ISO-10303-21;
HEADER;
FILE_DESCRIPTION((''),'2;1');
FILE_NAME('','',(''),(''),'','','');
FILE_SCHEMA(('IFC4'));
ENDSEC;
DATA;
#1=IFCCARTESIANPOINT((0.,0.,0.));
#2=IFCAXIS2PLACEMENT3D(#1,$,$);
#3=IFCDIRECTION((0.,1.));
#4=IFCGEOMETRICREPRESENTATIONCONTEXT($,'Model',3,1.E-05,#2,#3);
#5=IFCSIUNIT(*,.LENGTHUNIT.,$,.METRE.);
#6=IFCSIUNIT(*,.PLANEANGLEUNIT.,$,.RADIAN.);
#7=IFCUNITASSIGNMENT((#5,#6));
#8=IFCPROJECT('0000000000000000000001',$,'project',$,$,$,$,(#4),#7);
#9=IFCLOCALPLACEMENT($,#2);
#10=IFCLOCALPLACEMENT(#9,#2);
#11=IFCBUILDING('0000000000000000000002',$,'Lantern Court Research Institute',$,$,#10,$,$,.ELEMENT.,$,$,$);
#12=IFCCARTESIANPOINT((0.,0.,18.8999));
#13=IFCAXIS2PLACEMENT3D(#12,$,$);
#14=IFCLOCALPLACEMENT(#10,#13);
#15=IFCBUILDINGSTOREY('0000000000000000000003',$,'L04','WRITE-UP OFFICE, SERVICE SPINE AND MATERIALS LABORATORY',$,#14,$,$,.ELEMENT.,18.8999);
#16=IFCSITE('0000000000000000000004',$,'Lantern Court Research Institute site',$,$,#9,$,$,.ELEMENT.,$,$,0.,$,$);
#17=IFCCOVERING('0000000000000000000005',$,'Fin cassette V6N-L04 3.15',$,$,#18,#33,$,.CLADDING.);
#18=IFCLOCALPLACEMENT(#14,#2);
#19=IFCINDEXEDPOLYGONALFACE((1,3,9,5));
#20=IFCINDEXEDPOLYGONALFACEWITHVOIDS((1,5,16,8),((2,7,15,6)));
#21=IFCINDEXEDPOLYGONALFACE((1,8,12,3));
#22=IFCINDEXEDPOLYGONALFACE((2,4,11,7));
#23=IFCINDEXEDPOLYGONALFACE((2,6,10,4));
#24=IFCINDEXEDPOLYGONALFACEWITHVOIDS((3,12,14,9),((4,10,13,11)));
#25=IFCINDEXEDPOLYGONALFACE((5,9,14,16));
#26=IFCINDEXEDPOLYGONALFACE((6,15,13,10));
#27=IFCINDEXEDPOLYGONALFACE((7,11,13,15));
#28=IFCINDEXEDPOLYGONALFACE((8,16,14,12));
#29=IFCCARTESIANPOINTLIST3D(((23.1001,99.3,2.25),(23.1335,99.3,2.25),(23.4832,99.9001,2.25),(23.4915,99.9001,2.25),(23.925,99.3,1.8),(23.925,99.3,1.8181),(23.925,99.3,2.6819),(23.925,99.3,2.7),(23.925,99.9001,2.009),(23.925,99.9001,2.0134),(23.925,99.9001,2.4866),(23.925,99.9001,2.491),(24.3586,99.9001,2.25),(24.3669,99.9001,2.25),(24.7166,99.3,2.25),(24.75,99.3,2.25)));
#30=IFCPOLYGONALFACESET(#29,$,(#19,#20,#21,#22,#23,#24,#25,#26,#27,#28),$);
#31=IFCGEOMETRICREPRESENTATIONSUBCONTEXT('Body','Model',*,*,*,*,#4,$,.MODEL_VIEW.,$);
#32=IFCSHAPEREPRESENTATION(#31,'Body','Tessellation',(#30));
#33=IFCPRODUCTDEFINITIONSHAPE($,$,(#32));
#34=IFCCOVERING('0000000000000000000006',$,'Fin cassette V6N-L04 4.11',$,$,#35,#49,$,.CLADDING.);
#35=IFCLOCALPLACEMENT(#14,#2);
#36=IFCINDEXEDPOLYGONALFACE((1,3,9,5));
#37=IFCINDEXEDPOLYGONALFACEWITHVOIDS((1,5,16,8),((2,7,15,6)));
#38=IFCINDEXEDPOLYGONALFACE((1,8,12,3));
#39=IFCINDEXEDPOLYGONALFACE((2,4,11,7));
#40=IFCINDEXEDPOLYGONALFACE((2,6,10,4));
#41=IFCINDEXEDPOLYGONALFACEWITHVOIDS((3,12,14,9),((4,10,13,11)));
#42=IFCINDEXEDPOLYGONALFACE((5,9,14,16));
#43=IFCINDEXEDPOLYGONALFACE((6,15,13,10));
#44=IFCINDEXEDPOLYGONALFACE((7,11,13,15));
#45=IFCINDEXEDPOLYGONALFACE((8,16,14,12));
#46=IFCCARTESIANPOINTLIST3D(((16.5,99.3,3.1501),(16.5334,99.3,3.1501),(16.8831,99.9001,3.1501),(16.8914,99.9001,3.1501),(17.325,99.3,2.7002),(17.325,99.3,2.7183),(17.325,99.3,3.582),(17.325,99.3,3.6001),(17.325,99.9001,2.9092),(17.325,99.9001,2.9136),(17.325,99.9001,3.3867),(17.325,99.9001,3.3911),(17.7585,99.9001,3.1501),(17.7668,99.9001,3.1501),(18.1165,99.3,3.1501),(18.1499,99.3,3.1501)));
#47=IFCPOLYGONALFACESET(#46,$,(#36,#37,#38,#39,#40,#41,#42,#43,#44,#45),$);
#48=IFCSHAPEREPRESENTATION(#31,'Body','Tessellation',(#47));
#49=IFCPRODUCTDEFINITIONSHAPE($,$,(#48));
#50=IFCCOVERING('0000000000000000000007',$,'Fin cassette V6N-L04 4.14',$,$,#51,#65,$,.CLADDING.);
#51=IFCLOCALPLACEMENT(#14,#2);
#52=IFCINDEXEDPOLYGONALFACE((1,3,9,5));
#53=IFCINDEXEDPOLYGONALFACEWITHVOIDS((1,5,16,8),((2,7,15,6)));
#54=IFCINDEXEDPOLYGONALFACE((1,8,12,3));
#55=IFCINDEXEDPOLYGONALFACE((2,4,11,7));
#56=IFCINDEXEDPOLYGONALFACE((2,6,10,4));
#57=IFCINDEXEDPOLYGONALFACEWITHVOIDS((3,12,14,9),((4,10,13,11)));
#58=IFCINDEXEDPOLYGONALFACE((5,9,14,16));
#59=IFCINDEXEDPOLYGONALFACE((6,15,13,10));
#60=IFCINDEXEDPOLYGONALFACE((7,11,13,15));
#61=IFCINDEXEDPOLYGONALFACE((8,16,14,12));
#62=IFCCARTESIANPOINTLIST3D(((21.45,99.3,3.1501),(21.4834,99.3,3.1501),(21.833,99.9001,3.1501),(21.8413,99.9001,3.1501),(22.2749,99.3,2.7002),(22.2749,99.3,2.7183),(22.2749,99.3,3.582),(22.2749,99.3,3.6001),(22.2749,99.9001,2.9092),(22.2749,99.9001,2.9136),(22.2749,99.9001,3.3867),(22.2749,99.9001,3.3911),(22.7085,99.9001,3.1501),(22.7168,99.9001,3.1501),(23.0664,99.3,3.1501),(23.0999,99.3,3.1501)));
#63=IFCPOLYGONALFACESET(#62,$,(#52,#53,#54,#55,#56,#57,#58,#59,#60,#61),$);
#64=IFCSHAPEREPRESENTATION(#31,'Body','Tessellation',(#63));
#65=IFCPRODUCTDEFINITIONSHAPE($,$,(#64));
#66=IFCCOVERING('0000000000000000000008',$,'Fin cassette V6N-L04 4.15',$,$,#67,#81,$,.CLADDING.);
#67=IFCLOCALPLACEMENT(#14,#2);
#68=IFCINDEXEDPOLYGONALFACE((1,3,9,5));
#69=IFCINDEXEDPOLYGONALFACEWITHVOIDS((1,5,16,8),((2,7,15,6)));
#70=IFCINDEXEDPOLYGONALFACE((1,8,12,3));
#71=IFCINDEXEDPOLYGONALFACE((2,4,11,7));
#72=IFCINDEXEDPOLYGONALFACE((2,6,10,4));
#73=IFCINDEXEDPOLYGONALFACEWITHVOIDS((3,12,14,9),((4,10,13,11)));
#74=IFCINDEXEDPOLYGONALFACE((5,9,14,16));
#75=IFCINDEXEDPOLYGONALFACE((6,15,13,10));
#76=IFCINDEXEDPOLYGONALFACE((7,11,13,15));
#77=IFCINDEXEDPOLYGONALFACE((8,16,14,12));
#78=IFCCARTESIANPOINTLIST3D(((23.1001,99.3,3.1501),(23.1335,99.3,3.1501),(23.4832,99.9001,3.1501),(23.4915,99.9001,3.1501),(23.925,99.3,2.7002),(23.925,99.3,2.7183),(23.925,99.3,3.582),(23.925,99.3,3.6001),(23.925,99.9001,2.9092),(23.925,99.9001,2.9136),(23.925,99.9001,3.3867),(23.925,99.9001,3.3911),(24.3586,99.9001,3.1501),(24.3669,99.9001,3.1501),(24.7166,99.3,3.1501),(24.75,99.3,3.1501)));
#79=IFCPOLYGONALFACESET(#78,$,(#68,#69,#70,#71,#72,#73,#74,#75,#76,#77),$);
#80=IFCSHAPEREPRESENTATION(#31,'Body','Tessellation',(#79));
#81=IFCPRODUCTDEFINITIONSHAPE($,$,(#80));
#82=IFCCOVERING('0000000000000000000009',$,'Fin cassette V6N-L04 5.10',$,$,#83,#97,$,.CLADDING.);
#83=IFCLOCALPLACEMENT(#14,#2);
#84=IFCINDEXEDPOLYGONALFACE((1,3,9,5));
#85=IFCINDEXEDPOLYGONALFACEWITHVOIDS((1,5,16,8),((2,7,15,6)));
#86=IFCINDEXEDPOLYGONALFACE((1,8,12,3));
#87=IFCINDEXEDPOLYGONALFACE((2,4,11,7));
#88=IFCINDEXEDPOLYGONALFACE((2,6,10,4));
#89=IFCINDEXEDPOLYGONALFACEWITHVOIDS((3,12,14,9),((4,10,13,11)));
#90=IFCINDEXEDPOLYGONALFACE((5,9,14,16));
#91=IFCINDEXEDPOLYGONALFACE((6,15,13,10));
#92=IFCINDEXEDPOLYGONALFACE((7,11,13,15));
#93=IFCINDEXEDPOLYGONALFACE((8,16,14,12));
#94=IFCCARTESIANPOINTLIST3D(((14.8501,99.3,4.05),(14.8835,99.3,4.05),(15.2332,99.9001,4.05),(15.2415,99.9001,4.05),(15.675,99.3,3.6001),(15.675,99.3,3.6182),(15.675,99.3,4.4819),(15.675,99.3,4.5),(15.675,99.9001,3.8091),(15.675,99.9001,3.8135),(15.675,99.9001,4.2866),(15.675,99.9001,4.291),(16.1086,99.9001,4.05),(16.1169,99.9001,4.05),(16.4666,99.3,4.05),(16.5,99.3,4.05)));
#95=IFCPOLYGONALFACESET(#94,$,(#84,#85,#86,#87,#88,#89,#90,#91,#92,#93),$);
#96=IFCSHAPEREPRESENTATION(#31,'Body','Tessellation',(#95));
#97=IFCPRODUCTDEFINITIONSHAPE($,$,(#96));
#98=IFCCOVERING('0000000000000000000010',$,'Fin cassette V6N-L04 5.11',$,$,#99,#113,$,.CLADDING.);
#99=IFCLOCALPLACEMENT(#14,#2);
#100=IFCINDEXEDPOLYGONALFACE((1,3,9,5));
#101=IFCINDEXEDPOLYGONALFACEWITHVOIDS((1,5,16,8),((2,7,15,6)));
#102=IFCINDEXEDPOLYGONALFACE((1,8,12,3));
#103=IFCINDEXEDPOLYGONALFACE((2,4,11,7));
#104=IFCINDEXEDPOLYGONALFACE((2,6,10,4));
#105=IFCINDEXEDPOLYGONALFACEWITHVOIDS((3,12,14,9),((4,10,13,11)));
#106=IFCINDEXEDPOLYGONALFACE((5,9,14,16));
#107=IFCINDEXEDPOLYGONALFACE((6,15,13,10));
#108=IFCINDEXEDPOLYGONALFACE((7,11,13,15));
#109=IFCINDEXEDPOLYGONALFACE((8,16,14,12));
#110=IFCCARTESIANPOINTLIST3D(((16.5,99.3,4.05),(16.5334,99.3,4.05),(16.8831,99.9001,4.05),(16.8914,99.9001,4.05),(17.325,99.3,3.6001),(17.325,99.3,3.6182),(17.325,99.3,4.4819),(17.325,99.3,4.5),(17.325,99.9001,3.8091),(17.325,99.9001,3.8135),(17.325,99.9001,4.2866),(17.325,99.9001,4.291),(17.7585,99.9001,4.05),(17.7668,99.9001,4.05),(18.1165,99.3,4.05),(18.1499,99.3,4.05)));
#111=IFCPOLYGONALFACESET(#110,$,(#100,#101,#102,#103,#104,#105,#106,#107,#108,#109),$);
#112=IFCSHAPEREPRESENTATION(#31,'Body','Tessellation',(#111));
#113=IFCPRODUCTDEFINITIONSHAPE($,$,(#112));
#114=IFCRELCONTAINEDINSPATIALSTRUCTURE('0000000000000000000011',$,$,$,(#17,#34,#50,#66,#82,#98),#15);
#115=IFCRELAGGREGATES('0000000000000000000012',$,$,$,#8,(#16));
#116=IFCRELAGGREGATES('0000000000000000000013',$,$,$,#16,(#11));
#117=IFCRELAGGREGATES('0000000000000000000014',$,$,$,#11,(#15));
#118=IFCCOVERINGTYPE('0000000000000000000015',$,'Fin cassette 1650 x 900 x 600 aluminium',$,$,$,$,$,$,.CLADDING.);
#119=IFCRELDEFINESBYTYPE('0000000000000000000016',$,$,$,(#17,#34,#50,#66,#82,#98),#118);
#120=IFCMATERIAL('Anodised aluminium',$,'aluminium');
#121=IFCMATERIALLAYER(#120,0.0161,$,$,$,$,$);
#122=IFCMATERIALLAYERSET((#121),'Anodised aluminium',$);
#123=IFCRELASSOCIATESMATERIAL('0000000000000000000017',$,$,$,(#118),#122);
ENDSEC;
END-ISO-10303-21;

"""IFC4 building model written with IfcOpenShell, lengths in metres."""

from ifc_helpers import new_model, entity, si_unit, direction, frame, origin, place, context, subcontext, project, spatial, material, layer, layer_set, type_object, element, save


model = new_model("IFC4")

# Units and contexts
model_context = context("Model", 3, precision=1e-05, world=origin(), true_north=direction((0.0, 1.0)))
body_context = subcontext(model_context, "Body", "Model", "MODEL_VIEW")
ifc_project = project(units=[si_unit("LENGTHUNIT", "METRE"), si_unit("PLANEANGLEUNIT", "RADIAN")], contexts=[model_context])

# Site, building, storey
site_placement = place(None, origin())
site = spatial("IfcSite", under=ifc_project, at=site_placement, Name="Lantern Court Research Institute site", CompositionType="ELEMENT", RefElevation=0.0)
building_placement = place(site_placement, origin())
building = spatial("IfcBuilding", under=site, at=building_placement, Name="Lantern Court Research Institute", CompositionType="ELEMENT")
storey_placement = place(building_placement, frame((0.0, 0.0, 18.8999)))
storey = spatial("IfcBuildingStorey", under=building, at=storey_placement, Name="L04", Description="WRITE-UP OFFICE, SERVICE SPINE AND MATERIALS LABORATORY", CompositionType="ELEMENT", Elevation=18.8999)

# Coverings
ifc_material_1 = material(Name="Anodised aluminium", Category="aluminium")
ifc_layer_1 = layer(ifc_material_1, 0.0161)
ifc_layer_set_1 = layer_set([ifc_layer_1], Name="Anodised aluminium")
covering_type_1 = type_object("IfcCoveringType", Name="Fin cassette 1650 x 900 x 600 aluminium", PredefinedType="CLADDING", material=ifc_layer_set_1)
covering_1_placement = place(storey_placement, frame((23.925, 99.3, 2.25), z_axis=(0.0, 1.0, 0.0), x_axis=(-1.0, 0.0, 0.0)))
cartesian_point_1 = entity("IfcCartesianPoint", [0.825, 0.0])
cartesian_point_2 = entity("IfcCartesianPoint", [0.7915, 0.0])
cartesian_point_3 = entity("IfcCartesianPoint", [0.4419, 0.0])
cartesian_point_4 = entity("IfcCartesianPoint", [0.4336, 0.0])
element("IfcCovering", 1, at=covering_1_placement, inside=storey, type_object=covering_type_1, Name="Fin cassette V6N-L04 3.15", PredefinedType="CLADDING", context=body_context, shape_type="SweptSolid", body=[
    entity("IfcExtrudedAreaSolidTapered", entity("IfcArbitraryProfileDefWithVoids", "AREA", None, entity("IfcPolyline", [cartesian_point_1, entity("IfcCartesianPoint", [0.0, 0.45]), entity("IfcCartesianPoint", [-0.825, 0.0]), entity("IfcCartesianPoint", [0.0, -0.45]), cartesian_point_1]), [entity("IfcPolyline", [cartesian_point_2, entity("IfcCartesianPoint", [0.0, 0.4319]), entity("IfcCartesianPoint", [-0.7915, 0.0]), entity("IfcCartesianPoint", [0.0, -0.4319]), cartesian_point_2])]), entity("IfcAxis2Placement3D", entity("IfcCartesianPoint", [0.0, 0.0, 0.0])), entity("IfcDirection", [0.0, 0.0, 1.0]), 0.6001, entity("IfcArbitraryProfileDefWithVoids", "AREA", None, entity("IfcPolyline", [cartesian_point_3, entity("IfcCartesianPoint", [0.0, 0.241]), entity("IfcCartesianPoint", [-0.4419, 0.0]), entity("IfcCartesianPoint", [0.0, -0.241]), cartesian_point_3]), [entity("IfcPolyline", [cartesian_point_4, entity("IfcCartesianPoint", [0.0, 0.2366]), entity("IfcCartesianPoint", [-0.4336, 0.0]), entity("IfcCartesianPoint", [0.0, -0.2366]), cartesian_point_4])])),
])
covering_2_placement = place(storey_placement, frame((17.325, 99.3, 3.1501), z_axis=(0.0, 1.0, 0.0), x_axis=(-1.0, 0.0, 0.0)))
cartesian_point_5 = entity("IfcCartesianPoint", [0.825, 0.0])
cartesian_point_6 = entity("IfcCartesianPoint", [0.7915, 0.0])
cartesian_point_7 = entity("IfcCartesianPoint", [0.4419, 0.0])
cartesian_point_8 = entity("IfcCartesianPoint", [0.4336, 0.0])
element("IfcCovering", 2, at=covering_2_placement, inside=storey, type_object=covering_type_1, Name="Fin cassette V6N-L04 4.11", PredefinedType="CLADDING", context=body_context, shape_type="SweptSolid", body=[
    entity("IfcExtrudedAreaSolidTapered", entity("IfcArbitraryProfileDefWithVoids", "AREA", None, entity("IfcPolyline", [cartesian_point_5, entity("IfcCartesianPoint", [0.0, 0.45]), entity("IfcCartesianPoint", [-0.825, 0.0]), entity("IfcCartesianPoint", [0.0, -0.45]), cartesian_point_5]), [entity("IfcPolyline", [cartesian_point_6, entity("IfcCartesianPoint", [0.0, 0.4319]), entity("IfcCartesianPoint", [-0.7915, 0.0]), entity("IfcCartesianPoint", [0.0, -0.4319]), cartesian_point_6])]), entity("IfcAxis2Placement3D", entity("IfcCartesianPoint", [0.0, 0.0, 0.0])), entity("IfcDirection", [0.0, 0.0, 1.0]), 0.6001, entity("IfcArbitraryProfileDefWithVoids", "AREA", None, entity("IfcPolyline", [cartesian_point_7, entity("IfcCartesianPoint", [0.0, 0.241]), entity("IfcCartesianPoint", [-0.4419, 0.0]), entity("IfcCartesianPoint", [0.0, -0.241]), cartesian_point_7]), [entity("IfcPolyline", [cartesian_point_8, entity("IfcCartesianPoint", [0.0, 0.2366]), entity("IfcCartesianPoint", [-0.4336, 0.0]), entity("IfcCartesianPoint", [0.0, -0.2366]), cartesian_point_8])])),
])
covering_3_placement = place(storey_placement, frame((22.2749, 99.3, 3.1501), z_axis=(0.0, 1.0, 0.0), x_axis=(-1.0, 0.0, 0.0)))
cartesian_point_9 = entity("IfcCartesianPoint", [0.825, 0.0])
cartesian_point_10 = entity("IfcCartesianPoint", [0.7915, 0.0])
cartesian_point_11 = entity("IfcCartesianPoint", [0.4419, 0.0])
cartesian_point_12 = entity("IfcCartesianPoint", [0.4336, 0.0])
element("IfcCovering", 3, at=covering_3_placement, inside=storey, type_object=covering_type_1, Name="Fin cassette V6N-L04 4.14", PredefinedType="CLADDING", context=body_context, shape_type="SweptSolid", body=[
    entity("IfcExtrudedAreaSolidTapered", entity("IfcArbitraryProfileDefWithVoids", "AREA", None, entity("IfcPolyline", [cartesian_point_9, entity("IfcCartesianPoint", [0.0, 0.45]), entity("IfcCartesianPoint", [-0.825, 0.0]), entity("IfcCartesianPoint", [0.0, -0.45]), cartesian_point_9]), [entity("IfcPolyline", [cartesian_point_10, entity("IfcCartesianPoint", [0.0, 0.4319]), entity("IfcCartesianPoint", [-0.7915, 0.0]), entity("IfcCartesianPoint", [0.0, -0.4319]), cartesian_point_10])]), entity("IfcAxis2Placement3D", entity("IfcCartesianPoint", [0.0, 0.0, 0.0])), entity("IfcDirection", [0.0, 0.0, 1.0]), 0.6001, entity("IfcArbitraryProfileDefWithVoids", "AREA", None, entity("IfcPolyline", [cartesian_point_11, entity("IfcCartesianPoint", [0.0, 0.241]), entity("IfcCartesianPoint", [-0.4419, 0.0]), entity("IfcCartesianPoint", [0.0, -0.241]), cartesian_point_11]), [entity("IfcPolyline", [cartesian_point_12, entity("IfcCartesianPoint", [0.0, 0.2366]), entity("IfcCartesianPoint", [-0.4336, 0.0]), entity("IfcCartesianPoint", [0.0, -0.2366]), cartesian_point_12])])),
])
covering_4_placement = place(storey_placement, frame((23.925, 99.3, 3.1501), z_axis=(0.0, 1.0, 0.0), x_axis=(-1.0, 0.0, 0.0)))
cartesian_point_13 = entity("IfcCartesianPoint", [0.825, 0.0])
cartesian_point_14 = entity("IfcCartesianPoint", [0.7915, 0.0])
cartesian_point_15 = entity("IfcCartesianPoint", [0.4419, 0.0])
cartesian_point_16 = entity("IfcCartesianPoint", [0.4336, 0.0])
element("IfcCovering", 4, at=covering_4_placement, inside=storey, type_object=covering_type_1, Name="Fin cassette V6N-L04 4.15", PredefinedType="CLADDING", context=body_context, shape_type="SweptSolid", body=[
    entity("IfcExtrudedAreaSolidTapered", entity("IfcArbitraryProfileDefWithVoids", "AREA", None, entity("IfcPolyline", [cartesian_point_13, entity("IfcCartesianPoint", [0.0, 0.45]), entity("IfcCartesianPoint", [-0.825, 0.0]), entity("IfcCartesianPoint", [0.0, -0.45]), cartesian_point_13]), [entity("IfcPolyline", [cartesian_point_14, entity("IfcCartesianPoint", [0.0, 0.4319]), entity("IfcCartesianPoint", [-0.7915, 0.0]), entity("IfcCartesianPoint", [0.0, -0.4319]), cartesian_point_14])]), entity("IfcAxis2Placement3D", entity("IfcCartesianPoint", [0.0, 0.0, 0.0])), entity("IfcDirection", [0.0, 0.0, 1.0]), 0.6001, entity("IfcArbitraryProfileDefWithVoids", "AREA", None, entity("IfcPolyline", [cartesian_point_15, entity("IfcCartesianPoint", [0.0, 0.241]), entity("IfcCartesianPoint", [-0.4419, 0.0]), entity("IfcCartesianPoint", [0.0, -0.241]), cartesian_point_15]), [entity("IfcPolyline", [cartesian_point_16, entity("IfcCartesianPoint", [0.0, 0.2366]), entity("IfcCartesianPoint", [-0.4336, 0.0]), entity("IfcCartesianPoint", [0.0, -0.2366]), cartesian_point_16])])),
])
covering_5_placement = place(storey_placement, frame((15.675, 99.3, 4.05), z_axis=(0.0, 1.0, 0.0), x_axis=(-1.0, 0.0, 0.0)))
cartesian_point_17 = entity("IfcCartesianPoint", [0.825, 0.0])
cartesian_point_18 = entity("IfcCartesianPoint", [0.7915, 0.0])
cartesian_point_19 = entity("IfcCartesianPoint", [0.4419, 0.0])
cartesian_point_20 = entity("IfcCartesianPoint", [0.4336, 0.0])
element("IfcCovering", 5, at=covering_5_placement, inside=storey, type_object=covering_type_1, Name="Fin cassette V6N-L04 5.10", PredefinedType="CLADDING", context=body_context, shape_type="SweptSolid", body=[
    entity("IfcExtrudedAreaSolidTapered", entity("IfcArbitraryProfileDefWithVoids", "AREA", None, entity("IfcPolyline", [cartesian_point_17, entity("IfcCartesianPoint", [0.0, 0.45]), entity("IfcCartesianPoint", [-0.825, 0.0]), entity("IfcCartesianPoint", [0.0, -0.45]), cartesian_point_17]), [entity("IfcPolyline", [cartesian_point_18, entity("IfcCartesianPoint", [0.0, 0.4319]), entity("IfcCartesianPoint", [-0.7915, 0.0]), entity("IfcCartesianPoint", [0.0, -0.4319]), cartesian_point_18])]), entity("IfcAxis2Placement3D", entity("IfcCartesianPoint", [0.0, 0.0, 0.0])), entity("IfcDirection", [0.0, 0.0, 1.0]), 0.6001, entity("IfcArbitraryProfileDefWithVoids", "AREA", None, entity("IfcPolyline", [cartesian_point_19, entity("IfcCartesianPoint", [0.0, 0.241]), entity("IfcCartesianPoint", [-0.4419, 0.0]), entity("IfcCartesianPoint", [0.0, -0.241]), cartesian_point_19]), [entity("IfcPolyline", [cartesian_point_20, entity("IfcCartesianPoint", [0.0, 0.2366]), entity("IfcCartesianPoint", [-0.4336, 0.0]), entity("IfcCartesianPoint", [0.0, -0.2366]), cartesian_point_20])])),
])
covering_6_placement = place(storey_placement, frame((17.325, 99.3, 4.05), z_axis=(0.0, 1.0, 0.0), x_axis=(-1.0, 0.0, 0.0)))
cartesian_point_21 = entity("IfcCartesianPoint", [0.825, 0.0])
cartesian_point_22 = entity("IfcCartesianPoint", [0.7915, 0.0])
cartesian_point_23 = entity("IfcCartesianPoint", [0.4419, 0.0])
cartesian_point_24 = entity("IfcCartesianPoint", [0.4336, 0.0])
element("IfcCovering", 6, at=covering_6_placement, inside=storey, type_object=covering_type_1, Name="Fin cassette V6N-L04 5.11", PredefinedType="CLADDING", context=body_context, shape_type="SweptSolid", body=[
    entity("IfcExtrudedAreaSolidTapered", entity("IfcArbitraryProfileDefWithVoids", "AREA", None, entity("IfcPolyline", [cartesian_point_21, entity("IfcCartesianPoint", [0.0, 0.45]), entity("IfcCartesianPoint", [-0.825, 0.0]), entity("IfcCartesianPoint", [0.0, -0.45]), cartesian_point_21]), [entity("IfcPolyline", [cartesian_point_22, entity("IfcCartesianPoint", [0.0, 0.4319]), entity("IfcCartesianPoint", [-0.7915, 0.0]), entity("IfcCartesianPoint", [0.0, -0.4319]), cartesian_point_22])]), entity("IfcAxis2Placement3D", entity("IfcCartesianPoint", [0.0, 0.0, 0.0])), entity("IfcDirection", [0.0, 0.0, 1.0]), 0.6001, entity("IfcArbitraryProfileDefWithVoids", "AREA", None, entity("IfcPolyline", [cartesian_point_23, entity("IfcCartesianPoint", [0.0, 0.241]), entity("IfcCartesianPoint", [-0.4419, 0.0]), entity("IfcCartesianPoint", [0.0, -0.241]), cartesian_point_23]), [entity("IfcPolyline", [cartesian_point_24, entity("IfcCartesianPoint", [0.0, 0.2366]), entity("IfcCartesianPoint", [-0.4336, 0.0]), entity("IfcCartesianPoint", [0.0, -0.2366]), cartesian_point_24])])),
])

save(model, "model.ifc")
